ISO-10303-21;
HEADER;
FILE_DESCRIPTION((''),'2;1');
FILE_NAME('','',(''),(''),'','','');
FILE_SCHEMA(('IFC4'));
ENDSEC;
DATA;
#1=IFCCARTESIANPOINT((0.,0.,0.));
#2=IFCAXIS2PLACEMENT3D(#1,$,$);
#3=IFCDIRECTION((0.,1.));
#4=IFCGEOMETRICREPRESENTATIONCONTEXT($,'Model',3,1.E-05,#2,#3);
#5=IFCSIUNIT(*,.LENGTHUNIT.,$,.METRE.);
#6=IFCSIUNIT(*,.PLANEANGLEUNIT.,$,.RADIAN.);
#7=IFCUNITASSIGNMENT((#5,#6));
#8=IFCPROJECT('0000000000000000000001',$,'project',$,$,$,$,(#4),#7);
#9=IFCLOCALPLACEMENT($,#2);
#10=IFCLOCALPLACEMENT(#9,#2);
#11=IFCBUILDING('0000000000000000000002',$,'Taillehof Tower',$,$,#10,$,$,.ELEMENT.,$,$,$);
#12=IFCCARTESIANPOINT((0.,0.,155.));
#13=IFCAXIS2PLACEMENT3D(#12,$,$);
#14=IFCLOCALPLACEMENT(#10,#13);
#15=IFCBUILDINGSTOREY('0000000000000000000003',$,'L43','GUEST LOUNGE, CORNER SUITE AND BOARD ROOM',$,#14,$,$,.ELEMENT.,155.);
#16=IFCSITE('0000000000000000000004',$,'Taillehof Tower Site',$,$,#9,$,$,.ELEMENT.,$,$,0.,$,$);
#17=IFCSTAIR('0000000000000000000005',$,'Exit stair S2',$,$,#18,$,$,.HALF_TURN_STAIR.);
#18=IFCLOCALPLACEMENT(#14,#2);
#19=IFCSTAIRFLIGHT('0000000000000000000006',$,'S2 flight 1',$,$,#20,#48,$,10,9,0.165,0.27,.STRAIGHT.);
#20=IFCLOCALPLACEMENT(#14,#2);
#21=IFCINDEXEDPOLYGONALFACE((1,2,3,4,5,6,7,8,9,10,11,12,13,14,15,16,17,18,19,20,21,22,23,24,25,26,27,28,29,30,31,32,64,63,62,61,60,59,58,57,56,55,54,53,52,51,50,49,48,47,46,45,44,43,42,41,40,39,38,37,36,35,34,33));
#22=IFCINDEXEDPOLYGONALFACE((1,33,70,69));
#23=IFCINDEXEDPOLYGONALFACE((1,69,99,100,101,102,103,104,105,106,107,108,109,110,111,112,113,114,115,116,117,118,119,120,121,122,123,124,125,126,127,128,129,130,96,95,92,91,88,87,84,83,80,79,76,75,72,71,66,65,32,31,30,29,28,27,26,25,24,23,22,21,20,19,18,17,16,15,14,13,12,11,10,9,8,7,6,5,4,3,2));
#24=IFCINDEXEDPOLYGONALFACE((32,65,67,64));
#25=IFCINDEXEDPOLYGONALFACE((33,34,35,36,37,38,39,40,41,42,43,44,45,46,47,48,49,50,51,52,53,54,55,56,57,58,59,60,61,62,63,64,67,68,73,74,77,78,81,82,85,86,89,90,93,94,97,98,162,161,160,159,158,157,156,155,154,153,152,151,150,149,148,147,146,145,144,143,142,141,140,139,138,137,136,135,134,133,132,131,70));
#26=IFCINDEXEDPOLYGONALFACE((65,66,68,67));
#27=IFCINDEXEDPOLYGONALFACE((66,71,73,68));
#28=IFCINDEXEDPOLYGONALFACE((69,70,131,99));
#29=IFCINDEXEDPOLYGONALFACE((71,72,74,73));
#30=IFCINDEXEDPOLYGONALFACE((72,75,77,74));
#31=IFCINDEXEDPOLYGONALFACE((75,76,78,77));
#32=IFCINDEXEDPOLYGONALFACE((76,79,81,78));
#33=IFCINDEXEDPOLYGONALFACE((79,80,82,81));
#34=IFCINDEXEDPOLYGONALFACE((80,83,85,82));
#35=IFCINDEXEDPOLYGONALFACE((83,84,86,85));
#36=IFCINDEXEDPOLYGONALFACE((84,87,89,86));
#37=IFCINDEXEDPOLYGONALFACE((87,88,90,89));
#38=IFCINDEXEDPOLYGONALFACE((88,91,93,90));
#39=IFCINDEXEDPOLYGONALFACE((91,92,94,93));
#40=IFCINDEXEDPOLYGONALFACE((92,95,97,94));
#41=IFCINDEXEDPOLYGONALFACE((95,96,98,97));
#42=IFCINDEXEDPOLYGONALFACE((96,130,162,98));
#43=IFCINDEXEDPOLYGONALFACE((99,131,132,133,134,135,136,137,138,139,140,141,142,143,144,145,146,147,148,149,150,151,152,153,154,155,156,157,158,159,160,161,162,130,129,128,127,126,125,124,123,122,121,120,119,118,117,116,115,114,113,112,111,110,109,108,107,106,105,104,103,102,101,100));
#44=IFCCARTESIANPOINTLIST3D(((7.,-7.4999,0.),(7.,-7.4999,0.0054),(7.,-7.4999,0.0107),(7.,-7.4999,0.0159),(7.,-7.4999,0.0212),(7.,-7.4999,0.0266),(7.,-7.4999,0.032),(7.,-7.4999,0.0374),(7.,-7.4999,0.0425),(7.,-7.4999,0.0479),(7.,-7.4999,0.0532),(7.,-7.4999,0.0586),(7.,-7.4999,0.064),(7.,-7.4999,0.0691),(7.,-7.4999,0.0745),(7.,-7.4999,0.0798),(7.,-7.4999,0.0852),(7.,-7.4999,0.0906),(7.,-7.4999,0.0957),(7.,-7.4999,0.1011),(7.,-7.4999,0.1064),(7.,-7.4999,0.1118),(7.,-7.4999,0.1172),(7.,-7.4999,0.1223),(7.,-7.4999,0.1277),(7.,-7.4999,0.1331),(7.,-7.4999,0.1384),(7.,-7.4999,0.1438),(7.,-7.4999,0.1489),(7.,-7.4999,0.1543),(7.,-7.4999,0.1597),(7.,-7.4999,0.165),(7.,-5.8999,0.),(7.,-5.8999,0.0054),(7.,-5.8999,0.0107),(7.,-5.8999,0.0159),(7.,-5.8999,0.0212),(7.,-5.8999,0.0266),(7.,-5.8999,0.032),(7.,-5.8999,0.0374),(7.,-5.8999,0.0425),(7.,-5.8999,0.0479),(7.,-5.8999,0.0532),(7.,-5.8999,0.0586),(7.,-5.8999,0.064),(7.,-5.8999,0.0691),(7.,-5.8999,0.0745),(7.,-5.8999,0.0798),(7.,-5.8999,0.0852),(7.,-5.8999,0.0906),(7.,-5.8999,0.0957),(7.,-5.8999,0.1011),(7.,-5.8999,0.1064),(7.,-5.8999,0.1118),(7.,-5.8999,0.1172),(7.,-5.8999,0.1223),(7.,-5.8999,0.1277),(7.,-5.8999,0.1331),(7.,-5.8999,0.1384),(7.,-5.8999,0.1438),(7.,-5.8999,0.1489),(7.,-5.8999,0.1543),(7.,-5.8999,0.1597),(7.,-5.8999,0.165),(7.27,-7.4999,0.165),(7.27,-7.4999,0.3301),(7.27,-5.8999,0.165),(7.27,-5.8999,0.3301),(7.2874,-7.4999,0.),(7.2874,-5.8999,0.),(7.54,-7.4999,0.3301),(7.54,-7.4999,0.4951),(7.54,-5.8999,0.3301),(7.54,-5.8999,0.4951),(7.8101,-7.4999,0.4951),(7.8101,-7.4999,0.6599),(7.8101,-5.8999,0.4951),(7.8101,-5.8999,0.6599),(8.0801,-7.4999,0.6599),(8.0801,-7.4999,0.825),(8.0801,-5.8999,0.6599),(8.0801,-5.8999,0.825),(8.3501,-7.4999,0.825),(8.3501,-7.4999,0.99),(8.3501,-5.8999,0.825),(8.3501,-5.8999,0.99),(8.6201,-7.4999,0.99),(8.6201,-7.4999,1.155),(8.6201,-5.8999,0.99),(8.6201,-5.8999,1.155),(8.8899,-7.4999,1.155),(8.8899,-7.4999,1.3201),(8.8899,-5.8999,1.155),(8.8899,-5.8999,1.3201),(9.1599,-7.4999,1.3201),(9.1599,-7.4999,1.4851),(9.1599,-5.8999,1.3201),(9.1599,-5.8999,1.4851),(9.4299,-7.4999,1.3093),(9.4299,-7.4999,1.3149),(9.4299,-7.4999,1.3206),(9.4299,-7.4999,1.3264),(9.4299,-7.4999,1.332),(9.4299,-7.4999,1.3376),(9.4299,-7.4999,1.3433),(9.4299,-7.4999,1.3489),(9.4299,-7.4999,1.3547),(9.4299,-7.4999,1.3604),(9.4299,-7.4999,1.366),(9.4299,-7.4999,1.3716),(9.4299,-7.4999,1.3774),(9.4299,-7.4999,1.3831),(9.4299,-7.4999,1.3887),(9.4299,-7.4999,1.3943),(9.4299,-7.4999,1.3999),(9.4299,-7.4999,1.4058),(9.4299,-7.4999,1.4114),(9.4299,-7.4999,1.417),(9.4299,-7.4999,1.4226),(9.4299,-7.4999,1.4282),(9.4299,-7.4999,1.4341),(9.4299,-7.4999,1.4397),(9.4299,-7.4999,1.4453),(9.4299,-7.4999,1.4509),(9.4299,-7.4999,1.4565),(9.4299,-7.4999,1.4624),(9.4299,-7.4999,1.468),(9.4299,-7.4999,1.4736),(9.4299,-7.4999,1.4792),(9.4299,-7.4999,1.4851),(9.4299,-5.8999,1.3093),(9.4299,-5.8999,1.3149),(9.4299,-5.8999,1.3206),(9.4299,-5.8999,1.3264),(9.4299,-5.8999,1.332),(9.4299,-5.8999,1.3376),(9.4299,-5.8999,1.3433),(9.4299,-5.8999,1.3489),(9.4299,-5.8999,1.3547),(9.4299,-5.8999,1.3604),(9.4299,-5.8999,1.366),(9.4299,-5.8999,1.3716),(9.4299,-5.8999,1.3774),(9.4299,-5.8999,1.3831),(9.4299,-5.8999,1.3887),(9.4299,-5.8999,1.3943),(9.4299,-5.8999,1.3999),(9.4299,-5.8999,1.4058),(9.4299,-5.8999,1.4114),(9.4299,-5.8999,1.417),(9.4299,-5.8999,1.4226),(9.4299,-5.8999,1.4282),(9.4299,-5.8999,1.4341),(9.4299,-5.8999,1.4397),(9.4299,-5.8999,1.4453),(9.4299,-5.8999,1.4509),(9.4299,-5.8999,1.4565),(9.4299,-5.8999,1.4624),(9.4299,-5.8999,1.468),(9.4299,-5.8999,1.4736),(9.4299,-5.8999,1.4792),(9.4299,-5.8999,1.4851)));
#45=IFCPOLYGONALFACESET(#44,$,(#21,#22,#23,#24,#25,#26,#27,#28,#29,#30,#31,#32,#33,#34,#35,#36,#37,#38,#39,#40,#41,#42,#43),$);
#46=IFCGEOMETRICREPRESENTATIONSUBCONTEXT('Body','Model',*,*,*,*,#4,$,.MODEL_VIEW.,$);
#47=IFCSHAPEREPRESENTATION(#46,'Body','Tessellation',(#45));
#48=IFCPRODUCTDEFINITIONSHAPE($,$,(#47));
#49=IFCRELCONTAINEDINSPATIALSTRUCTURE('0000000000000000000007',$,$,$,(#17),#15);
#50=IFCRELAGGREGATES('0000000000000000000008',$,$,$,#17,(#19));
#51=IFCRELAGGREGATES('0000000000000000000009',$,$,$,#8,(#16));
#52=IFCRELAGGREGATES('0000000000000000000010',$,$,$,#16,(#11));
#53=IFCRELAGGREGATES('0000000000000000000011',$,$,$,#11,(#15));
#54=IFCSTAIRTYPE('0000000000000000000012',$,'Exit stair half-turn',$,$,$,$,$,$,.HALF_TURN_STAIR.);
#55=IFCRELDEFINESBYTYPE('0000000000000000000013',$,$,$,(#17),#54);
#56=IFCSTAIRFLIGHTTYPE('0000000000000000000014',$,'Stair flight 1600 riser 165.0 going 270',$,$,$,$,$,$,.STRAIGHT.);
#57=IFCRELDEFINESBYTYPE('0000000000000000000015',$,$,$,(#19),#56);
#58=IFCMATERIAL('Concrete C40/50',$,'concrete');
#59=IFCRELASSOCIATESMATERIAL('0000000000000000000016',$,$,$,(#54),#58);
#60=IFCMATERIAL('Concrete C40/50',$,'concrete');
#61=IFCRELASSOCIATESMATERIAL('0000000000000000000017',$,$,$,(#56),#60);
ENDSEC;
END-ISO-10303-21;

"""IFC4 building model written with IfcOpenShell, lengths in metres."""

from ifc_helpers import new_model, si_unit, direction, frame, origin, place, context, subcontext, project, spatial, polyline, outline, extrude, material, type_object, element, aggregate, save


model = new_model("IFC4")

# Units and contexts
model_context = context("Model", 3, precision=1e-05, world=origin(), true_north=direction((0.0, 1.0)))
body_context = subcontext(model_context, "Body", "Model", "MODEL_VIEW")
ifc_project = project(units=[si_unit("LENGTHUNIT", "METRE"), si_unit("PLANEANGLEUNIT", "RADIAN")], contexts=[model_context])

# Site, building, storey
site_placement = place(None, origin())
site = spatial("IfcSite", under=ifc_project, at=site_placement, Name="Taillehof Tower Site", CompositionType="ELEMENT", RefElevation=0.0)
building_placement = place(site_placement, origin())
building = spatial("IfcBuilding", under=site, at=building_placement, Name="Taillehof Tower", CompositionType="ELEMENT")
storey_placement = place(building_placement, frame((0.0, 0.0, 155.0)))
storey = spatial("IfcBuildingStorey", under=building, at=storey_placement, Name="L43", Description="GUEST LOUNGE, CORNER SUITE AND BOARD ROOM", CompositionType="ELEMENT", Elevation=155.0)

# Stair, stair flight
ifc_material_1 = material(Name="Concrete C40/50", Category="concrete")
stair_type = type_object("IfcStairType", Name="Exit stair half-turn", PredefinedType="HALF_TURN_STAIR", material=ifc_material_1)
stair_placement = place(storey_placement, origin())
stair = element("IfcStair", 1, at=stair_placement, inside=storey, type_object=stair_type, Name="Exit stair S2", PredefinedType="HALF_TURN_STAIR")
ifc_material_2 = material(Name="Concrete C40/50", Category="concrete")
stair_flight_type = type_object("IfcStairFlightType", Name="Stair flight 1600 riser 165.0 going 270", PredefinedType="STRAIGHT", material=ifc_material_2)
stair_flight_placement = place(storey_placement, frame((7.0, -6.7, 0.0), z_axis=(0.0, 0.0, 1.0), x_axis=(1.0, 0.0, 0.0)))
stair_flight = element("IfcStairFlight", 2, at=stair_flight_placement, type_object=stair_flight_type, Name="S2 flight 1", NumberOfRisers=10, NumberOfTreads=9, PredefinedType="STRAIGHT", RiserHeight=0.165, TreadLength=0.27, context=body_context, shape_type="SweptSolid", body=[
    extrude(outline(polyline([(0.0, 0.0), (0.0, 0.0054), (0.0, 0.0107), (0.0, 0.0159), (0.0, 0.0212), (0.0, 0.0266), (0.0, 0.032), (0.0, 0.0374), (0.0, 0.0425), (0.0, 0.0479), (0.0, 0.0532), (0.0, 0.0586), (0.0, 0.064), (0.0, 0.0691), (0.0, 0.0745), (0.0, 0.0798), (0.0, 0.0852), (0.0, 0.0906), (0.0, 0.0957), (0.0, 0.1011), (0.0, 0.1064), (0.0, 0.1118), (0.0, 0.1172), (0.0, 0.1223), (0.0, 0.1277), (0.0, 0.1331), (0.0, 0.1384), (0.0, 0.1438), (0.0, 0.1489), (0.0, 0.1543), (0.0, 0.1597), (0.0, 0.165), (0.27, 0.165), (0.27, 0.3301), (0.54, 0.3301), (0.54, 0.4951), (0.8101, 0.4951), (0.8101, 0.6599), (1.0801, 0.6599), (1.0801, 0.825), (1.3501, 0.825), (1.3501, 0.99), (1.6201, 0.99), (1.6201, 1.155), (1.8899, 1.155), (1.8899, 1.3201), (2.1599, 1.3201), (2.1599, 1.4851), (2.4299, 1.4851), (2.4299, 1.4792), (2.4299, 1.4736), (2.4299, 1.468), (2.4299, 1.4624), (2.4299, 1.4565), (2.4299, 1.4509), (2.4299, 1.4453), (2.4299, 1.4397), (2.4299, 1.4341), (2.4299, 1.4282), (2.4299, 1.4226), (2.4299, 1.417), (2.4299, 1.4114), (2.4299, 1.4058), (2.4299, 1.3999), (2.4299, 1.3943), (2.4299, 1.3887), (2.4299, 1.3831), (2.4299, 1.3774), (2.4299, 1.3716), (2.4299, 1.366), (2.4299, 1.3604), (2.4299, 1.3547), (2.4299, 1.3489), (2.4299, 1.3433), (2.4299, 1.3376), (2.4299, 1.332), (2.4299, 1.3264), (2.4299, 1.3206), (2.4299, 1.3149), (2.4299, 1.3093), (0.2874, 0.0), (0.0, 0.0)])), frame((0.0, 0.8, 0.0), z_axis=(0.0, -1.0, 0.0), x_axis=(1.0, 0.0, 0.0)), (0.0, 0.0, 1.0), 1.6),
])
aggregate(stair, [stair_flight])

save(model, "model.ifc")
